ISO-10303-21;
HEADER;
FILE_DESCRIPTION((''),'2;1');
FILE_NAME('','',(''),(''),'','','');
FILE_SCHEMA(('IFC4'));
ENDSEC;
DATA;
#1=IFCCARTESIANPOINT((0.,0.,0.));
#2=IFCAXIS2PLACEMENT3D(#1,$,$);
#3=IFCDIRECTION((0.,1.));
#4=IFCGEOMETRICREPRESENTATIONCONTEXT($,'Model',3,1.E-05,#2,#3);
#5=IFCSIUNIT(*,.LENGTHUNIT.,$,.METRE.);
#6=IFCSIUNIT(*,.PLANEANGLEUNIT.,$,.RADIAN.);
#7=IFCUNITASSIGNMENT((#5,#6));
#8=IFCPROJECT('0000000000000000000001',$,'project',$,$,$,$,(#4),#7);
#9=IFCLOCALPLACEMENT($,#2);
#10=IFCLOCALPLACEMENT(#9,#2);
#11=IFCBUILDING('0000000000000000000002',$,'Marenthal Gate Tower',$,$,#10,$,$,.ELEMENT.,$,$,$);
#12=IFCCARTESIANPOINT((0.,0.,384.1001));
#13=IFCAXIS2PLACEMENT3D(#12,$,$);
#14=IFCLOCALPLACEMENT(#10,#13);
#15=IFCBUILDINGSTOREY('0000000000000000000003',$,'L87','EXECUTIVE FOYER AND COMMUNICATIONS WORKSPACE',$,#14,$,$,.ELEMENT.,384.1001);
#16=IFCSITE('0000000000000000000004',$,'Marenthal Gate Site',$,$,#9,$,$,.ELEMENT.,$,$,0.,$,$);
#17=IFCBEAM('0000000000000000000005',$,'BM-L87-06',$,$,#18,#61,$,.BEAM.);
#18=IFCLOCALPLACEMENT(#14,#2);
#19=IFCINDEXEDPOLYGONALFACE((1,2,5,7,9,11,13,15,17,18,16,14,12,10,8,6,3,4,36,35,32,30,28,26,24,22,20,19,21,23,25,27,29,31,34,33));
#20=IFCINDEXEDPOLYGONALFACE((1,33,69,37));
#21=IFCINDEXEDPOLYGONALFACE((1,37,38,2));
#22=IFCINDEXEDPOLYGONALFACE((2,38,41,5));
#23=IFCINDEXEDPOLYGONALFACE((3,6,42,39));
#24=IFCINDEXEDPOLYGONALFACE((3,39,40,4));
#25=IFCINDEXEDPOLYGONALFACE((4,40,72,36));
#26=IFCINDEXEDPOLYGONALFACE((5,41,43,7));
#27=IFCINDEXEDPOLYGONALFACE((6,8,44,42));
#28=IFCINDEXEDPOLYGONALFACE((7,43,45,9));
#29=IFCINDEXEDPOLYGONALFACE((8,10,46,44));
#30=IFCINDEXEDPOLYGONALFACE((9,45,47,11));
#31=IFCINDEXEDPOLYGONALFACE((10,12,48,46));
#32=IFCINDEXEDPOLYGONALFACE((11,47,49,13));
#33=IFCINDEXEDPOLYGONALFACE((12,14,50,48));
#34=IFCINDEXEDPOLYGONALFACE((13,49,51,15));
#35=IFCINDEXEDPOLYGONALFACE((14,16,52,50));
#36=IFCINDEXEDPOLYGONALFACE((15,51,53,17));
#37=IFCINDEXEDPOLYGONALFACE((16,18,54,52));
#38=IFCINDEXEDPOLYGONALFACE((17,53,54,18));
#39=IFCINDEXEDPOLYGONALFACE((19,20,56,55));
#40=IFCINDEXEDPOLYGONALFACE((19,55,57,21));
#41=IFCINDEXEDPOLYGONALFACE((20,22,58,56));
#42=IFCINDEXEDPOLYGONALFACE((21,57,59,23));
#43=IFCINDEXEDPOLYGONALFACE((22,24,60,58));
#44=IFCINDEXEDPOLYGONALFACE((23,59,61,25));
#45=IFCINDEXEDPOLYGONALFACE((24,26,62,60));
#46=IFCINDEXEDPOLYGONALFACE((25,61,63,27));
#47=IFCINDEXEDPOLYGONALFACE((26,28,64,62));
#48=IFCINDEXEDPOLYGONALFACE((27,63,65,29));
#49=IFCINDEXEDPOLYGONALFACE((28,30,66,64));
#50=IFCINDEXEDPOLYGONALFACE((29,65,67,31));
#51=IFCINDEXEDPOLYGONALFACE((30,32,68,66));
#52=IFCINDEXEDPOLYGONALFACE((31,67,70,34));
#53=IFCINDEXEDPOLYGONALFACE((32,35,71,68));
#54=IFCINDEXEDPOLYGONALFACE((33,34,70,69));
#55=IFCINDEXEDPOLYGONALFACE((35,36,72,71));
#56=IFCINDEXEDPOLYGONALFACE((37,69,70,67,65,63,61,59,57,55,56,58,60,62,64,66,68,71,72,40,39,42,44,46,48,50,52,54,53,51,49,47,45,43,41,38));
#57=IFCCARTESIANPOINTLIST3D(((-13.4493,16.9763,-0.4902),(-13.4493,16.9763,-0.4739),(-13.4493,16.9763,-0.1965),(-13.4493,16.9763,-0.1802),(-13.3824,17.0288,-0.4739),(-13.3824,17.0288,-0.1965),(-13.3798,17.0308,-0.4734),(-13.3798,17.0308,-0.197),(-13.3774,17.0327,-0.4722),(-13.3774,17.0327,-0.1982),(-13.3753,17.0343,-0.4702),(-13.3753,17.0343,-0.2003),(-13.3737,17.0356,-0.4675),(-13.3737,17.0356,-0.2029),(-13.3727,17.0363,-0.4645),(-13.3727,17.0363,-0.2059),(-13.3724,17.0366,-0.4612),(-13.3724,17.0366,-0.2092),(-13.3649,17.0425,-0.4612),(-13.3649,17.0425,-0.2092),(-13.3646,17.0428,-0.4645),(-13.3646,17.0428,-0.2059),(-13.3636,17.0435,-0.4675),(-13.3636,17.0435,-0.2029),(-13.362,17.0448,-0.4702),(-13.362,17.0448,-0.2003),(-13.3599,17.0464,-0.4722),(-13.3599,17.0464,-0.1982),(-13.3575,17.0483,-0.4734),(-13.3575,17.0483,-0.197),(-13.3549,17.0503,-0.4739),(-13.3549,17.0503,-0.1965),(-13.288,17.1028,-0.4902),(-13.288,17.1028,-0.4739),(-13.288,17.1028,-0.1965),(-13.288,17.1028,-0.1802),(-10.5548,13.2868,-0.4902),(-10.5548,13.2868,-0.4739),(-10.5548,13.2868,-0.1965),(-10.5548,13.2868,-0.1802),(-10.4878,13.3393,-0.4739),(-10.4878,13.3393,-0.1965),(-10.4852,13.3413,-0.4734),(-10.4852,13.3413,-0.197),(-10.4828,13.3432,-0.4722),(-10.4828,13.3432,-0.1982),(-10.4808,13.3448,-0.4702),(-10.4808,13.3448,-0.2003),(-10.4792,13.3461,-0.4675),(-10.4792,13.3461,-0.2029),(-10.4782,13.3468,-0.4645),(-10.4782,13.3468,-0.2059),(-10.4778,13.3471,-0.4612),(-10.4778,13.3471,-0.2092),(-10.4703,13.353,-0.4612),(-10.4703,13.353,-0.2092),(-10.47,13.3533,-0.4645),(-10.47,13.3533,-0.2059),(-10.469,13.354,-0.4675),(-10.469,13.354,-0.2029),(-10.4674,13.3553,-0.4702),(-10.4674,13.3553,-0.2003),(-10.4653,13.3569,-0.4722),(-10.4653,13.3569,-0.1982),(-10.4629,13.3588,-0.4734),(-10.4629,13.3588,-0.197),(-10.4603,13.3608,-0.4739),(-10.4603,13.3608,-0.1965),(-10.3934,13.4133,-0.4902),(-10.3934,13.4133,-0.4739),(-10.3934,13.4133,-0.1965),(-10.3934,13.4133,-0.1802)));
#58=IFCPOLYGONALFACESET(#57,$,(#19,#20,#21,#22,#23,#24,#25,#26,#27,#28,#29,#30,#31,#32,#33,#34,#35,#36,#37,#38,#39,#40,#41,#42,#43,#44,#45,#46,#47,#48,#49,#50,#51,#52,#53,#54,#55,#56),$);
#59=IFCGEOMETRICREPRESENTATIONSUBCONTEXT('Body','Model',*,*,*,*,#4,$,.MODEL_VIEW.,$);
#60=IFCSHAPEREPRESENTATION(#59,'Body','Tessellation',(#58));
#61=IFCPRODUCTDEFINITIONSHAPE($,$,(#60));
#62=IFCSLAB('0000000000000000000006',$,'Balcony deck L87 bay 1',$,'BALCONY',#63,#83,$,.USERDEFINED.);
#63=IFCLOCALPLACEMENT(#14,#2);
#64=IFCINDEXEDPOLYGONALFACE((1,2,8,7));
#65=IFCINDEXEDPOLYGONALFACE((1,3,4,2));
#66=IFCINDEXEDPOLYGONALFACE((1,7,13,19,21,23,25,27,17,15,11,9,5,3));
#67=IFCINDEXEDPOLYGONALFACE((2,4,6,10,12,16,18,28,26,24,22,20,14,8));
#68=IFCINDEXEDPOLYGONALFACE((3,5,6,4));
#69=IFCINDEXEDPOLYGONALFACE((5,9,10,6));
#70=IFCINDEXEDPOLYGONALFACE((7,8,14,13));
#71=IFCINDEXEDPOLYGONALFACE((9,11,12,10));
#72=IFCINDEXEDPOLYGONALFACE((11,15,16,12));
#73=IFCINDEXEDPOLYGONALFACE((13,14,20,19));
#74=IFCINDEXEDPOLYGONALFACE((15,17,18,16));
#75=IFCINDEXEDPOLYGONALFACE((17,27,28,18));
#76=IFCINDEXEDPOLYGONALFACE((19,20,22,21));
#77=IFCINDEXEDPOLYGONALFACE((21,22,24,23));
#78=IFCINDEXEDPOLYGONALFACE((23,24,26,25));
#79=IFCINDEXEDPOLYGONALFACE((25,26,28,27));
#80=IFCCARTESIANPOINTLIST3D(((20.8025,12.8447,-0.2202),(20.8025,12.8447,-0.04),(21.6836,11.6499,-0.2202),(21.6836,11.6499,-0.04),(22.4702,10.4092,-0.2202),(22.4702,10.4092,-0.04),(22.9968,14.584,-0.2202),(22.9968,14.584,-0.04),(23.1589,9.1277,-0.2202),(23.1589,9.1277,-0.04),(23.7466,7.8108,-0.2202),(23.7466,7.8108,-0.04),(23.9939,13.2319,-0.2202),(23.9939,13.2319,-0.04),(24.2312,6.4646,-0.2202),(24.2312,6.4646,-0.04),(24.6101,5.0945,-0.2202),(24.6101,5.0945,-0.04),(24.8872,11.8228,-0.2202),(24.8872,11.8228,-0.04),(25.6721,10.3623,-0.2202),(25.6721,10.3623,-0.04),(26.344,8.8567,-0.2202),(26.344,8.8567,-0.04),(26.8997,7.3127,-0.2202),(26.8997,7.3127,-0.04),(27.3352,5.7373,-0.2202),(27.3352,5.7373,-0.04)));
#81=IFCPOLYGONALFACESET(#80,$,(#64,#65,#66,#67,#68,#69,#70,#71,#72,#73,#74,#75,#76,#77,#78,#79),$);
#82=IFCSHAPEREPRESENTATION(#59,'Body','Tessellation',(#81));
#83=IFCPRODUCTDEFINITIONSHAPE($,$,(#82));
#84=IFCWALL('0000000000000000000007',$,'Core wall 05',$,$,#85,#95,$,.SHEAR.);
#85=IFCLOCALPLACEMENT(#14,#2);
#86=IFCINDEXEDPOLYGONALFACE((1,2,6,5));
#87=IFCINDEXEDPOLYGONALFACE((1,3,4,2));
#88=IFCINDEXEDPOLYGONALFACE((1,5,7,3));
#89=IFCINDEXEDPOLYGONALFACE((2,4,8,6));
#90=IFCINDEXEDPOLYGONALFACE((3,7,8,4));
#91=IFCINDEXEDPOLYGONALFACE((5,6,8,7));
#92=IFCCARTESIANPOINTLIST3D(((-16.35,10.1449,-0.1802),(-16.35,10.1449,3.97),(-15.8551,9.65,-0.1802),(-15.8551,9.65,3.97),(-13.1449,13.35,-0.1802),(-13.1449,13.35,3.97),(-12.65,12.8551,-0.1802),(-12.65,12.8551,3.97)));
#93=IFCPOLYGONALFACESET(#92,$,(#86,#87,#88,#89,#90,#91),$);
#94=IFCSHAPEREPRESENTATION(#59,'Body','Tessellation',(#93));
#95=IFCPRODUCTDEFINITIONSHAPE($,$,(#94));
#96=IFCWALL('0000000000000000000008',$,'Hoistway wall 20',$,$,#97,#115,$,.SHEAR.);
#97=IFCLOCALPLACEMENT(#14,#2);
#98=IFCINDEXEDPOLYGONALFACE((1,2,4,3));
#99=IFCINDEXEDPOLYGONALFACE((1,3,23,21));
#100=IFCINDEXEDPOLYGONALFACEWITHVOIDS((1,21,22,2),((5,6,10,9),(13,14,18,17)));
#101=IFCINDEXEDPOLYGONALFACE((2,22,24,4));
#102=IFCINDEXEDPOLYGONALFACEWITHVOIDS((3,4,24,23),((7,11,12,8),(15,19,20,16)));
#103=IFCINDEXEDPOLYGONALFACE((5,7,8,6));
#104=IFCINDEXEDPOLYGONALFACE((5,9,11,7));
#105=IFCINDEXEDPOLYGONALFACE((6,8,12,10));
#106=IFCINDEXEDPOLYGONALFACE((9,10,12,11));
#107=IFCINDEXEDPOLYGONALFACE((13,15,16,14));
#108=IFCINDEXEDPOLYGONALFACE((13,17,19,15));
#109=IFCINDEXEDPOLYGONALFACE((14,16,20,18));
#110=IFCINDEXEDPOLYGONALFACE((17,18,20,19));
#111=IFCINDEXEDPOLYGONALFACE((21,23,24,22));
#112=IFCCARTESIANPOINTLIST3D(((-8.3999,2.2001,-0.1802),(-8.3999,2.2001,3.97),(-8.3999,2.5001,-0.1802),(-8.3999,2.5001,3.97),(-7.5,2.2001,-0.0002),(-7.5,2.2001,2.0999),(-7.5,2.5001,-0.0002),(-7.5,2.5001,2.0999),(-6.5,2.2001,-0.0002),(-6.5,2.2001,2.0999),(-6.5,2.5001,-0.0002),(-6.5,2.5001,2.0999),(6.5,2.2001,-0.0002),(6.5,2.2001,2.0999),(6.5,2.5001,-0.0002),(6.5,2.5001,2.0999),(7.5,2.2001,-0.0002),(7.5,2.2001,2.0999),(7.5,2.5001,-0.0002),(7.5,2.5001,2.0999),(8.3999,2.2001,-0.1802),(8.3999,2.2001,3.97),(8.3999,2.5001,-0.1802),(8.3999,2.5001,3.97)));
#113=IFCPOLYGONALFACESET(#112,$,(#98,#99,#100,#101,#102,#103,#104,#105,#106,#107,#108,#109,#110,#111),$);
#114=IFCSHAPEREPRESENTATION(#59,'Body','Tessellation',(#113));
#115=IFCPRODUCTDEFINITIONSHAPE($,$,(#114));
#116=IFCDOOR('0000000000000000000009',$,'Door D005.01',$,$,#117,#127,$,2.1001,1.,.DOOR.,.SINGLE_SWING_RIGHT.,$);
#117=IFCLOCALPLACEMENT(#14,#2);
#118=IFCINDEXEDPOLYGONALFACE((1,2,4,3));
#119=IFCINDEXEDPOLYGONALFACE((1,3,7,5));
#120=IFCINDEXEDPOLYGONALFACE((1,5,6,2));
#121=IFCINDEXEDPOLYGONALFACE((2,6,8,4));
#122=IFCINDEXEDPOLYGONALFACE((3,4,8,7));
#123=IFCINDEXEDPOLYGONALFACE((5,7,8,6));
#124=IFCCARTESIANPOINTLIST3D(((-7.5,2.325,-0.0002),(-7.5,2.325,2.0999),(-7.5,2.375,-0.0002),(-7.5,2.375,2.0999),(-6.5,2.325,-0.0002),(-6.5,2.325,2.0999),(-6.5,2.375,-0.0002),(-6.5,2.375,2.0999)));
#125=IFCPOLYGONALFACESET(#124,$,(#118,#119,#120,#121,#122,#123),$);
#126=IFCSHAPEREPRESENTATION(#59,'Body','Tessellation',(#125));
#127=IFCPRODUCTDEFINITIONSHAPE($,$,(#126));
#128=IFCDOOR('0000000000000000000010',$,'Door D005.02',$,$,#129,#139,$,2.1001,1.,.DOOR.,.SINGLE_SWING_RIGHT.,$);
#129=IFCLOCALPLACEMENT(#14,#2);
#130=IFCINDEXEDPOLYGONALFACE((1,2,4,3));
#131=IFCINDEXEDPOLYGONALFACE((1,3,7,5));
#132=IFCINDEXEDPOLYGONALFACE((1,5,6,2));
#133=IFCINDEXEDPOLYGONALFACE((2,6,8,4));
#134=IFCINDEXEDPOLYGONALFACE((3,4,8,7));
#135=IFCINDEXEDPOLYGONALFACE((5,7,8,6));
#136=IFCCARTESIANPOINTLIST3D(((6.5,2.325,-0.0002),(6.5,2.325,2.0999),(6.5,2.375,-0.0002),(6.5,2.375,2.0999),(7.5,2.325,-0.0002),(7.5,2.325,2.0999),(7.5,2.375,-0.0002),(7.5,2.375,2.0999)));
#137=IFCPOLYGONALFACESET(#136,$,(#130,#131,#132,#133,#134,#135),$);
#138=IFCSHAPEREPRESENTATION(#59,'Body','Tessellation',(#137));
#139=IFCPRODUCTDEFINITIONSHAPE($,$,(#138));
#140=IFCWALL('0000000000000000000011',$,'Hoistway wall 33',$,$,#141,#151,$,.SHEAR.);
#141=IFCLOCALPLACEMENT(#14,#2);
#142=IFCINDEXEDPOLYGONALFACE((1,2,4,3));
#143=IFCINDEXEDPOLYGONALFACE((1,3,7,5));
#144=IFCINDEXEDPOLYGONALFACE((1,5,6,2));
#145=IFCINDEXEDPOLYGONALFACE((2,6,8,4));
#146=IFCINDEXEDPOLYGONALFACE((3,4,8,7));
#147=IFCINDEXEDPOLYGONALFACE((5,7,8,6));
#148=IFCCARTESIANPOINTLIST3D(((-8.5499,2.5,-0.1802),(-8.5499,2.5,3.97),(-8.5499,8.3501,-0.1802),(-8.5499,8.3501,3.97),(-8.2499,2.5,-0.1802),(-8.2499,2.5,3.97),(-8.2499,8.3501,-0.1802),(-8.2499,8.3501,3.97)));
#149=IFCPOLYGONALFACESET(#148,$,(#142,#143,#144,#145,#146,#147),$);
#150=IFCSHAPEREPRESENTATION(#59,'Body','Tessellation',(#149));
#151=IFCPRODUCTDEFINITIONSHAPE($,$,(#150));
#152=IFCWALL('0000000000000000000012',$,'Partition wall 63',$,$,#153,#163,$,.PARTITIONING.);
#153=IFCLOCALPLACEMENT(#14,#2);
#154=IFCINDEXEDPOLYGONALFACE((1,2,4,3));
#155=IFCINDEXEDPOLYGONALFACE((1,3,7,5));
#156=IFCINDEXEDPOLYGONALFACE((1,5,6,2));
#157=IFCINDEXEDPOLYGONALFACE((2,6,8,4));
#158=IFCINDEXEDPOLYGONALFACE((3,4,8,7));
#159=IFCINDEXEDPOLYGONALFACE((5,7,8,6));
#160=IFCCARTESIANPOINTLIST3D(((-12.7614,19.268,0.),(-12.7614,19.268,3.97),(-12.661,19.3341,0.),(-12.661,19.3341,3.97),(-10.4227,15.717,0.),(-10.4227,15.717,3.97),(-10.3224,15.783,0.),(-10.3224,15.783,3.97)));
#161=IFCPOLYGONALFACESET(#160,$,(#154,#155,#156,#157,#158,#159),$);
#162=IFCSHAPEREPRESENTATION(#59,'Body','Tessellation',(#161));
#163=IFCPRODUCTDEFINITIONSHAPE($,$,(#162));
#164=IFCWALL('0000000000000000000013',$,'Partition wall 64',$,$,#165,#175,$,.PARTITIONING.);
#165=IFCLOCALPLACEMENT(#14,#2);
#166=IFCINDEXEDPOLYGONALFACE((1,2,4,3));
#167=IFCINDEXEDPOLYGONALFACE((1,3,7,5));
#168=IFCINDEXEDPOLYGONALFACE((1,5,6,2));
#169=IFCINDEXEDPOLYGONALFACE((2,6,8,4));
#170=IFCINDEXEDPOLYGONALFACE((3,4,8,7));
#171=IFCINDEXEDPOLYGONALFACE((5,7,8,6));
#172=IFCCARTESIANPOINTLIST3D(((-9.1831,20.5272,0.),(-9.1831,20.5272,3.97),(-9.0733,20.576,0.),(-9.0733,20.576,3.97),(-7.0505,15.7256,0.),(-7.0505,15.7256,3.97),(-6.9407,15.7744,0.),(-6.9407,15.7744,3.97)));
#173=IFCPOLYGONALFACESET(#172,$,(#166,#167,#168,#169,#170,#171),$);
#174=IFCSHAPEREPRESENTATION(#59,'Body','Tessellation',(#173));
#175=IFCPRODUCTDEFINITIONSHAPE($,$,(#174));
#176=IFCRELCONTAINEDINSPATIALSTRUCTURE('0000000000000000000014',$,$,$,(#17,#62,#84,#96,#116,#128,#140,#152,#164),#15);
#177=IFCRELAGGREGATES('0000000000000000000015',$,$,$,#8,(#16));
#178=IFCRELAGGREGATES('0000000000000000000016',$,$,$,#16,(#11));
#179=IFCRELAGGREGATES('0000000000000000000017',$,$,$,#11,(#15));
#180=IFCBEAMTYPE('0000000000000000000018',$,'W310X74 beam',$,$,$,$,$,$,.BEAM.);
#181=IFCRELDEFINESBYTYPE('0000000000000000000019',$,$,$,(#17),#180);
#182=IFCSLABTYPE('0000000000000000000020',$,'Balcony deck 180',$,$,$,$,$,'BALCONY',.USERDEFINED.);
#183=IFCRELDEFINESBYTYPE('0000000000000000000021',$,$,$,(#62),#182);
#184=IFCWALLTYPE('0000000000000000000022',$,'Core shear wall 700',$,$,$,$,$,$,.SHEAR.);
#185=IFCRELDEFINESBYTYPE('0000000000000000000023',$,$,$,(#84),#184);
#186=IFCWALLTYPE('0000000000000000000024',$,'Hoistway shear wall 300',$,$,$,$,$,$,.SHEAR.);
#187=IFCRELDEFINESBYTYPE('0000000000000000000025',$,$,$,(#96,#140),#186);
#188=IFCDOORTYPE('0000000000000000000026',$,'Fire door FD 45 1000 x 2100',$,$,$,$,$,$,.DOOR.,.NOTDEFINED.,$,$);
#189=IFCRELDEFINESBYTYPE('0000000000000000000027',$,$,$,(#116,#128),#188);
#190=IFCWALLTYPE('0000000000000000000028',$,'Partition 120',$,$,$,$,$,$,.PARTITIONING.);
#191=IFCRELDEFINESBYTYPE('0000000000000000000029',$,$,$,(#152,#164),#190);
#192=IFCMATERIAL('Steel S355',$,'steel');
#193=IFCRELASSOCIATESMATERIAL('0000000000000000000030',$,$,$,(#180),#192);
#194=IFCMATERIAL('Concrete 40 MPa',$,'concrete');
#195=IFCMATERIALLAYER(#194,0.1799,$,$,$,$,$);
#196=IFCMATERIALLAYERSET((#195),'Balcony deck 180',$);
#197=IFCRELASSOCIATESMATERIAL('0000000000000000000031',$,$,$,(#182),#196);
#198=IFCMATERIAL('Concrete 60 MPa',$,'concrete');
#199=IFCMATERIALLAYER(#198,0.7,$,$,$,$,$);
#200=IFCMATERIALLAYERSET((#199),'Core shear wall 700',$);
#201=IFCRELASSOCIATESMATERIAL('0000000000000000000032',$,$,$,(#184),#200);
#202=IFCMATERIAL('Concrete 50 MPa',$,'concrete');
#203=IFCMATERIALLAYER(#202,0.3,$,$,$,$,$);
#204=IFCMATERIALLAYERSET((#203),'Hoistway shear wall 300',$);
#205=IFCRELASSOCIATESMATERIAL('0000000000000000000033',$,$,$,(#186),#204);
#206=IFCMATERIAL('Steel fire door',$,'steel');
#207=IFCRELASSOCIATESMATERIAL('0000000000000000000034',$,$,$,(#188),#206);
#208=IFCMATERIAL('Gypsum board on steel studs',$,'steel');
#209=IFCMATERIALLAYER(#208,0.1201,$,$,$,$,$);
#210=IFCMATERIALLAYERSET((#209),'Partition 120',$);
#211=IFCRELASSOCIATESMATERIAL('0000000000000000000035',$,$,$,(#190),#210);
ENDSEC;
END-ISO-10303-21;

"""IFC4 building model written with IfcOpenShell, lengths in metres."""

from ifc_helpers import new_model, si_unit, direction, frame, frame_2d, origin, origin_2d, place, context, subcontext, project, spatial, polyline, rectangle, i_section, outline, extrude, material, layer, layer_set, material_profile, profile_set, type_object, element, fill, save


model = new_model("IFC4")

# Units and contexts
model_context = context("Model", 3, precision=1e-05, world=origin(), true_north=direction((0.0, 1.0)))
body_context = subcontext(model_context, "Body", "Model", "MODEL_VIEW")
ifc_project = project(units=[si_unit("LENGTHUNIT", "METRE"), si_unit("PLANEANGLEUNIT", "RADIAN")], contexts=[model_context])

# Site, building, storey
site_placement = place(None, origin())
site = spatial("IfcSite", under=ifc_project, at=site_placement, Name="Marenthal Gate Site", CompositionType="ELEMENT", RefElevation=0.0)
building_placement = place(site_placement, origin())
building = spatial("IfcBuilding", under=site, at=building_placement, Name="Marenthal Gate Tower", CompositionType="ELEMENT")
storey_placement = place(building_placement, frame((0.0, 0.0, 384.1001)))
storey = spatial("IfcBuildingStorey", under=building, at=storey_placement, Name="L87", Description="EXECUTIVE FOYER AND COMMUNICATIONS WORKSPACE", CompositionType="ELEMENT", Elevation=384.1001)

# Beam
ifc_material_1 = material(Name="Steel S355", Category="steel")
ifc_material_profile = material_profile(ifc_material_1, i_section(OverallWidth=0.2051, OverallDepth=0.3101, WebThickness=0.0095, FlangeThickness=0.0164, FilletRadius=0.0127, at=origin_2d()), Name="W310X74")
ifc_profile_set = profile_set([ifc_material_profile], Name="Steel S355")
beam_type = type_object("IfcBeamType", Name="W310X74 beam", PredefinedType="BEAM", material=ifc_profile_set)
beam_placement = place(storey_placement, frame((-13.3687, 17.0396, -0.3352), z_axis=(0.617251, -0.786766, 0.0), x_axis=(0.786766, 0.617251, 0.0)))
element("IfcBeam", 1, at=beam_placement, inside=storey, type_object=beam_type, Name="BM-L87-06", PredefinedType="BEAM", context=body_context, shape_type="SweptSolid", body=[
    extrude(i_section(OverallWidth=0.2051, OverallDepth=0.3101, WebThickness=0.0095, FlangeThickness=0.0164, FilletRadius=0.0127, at=origin_2d()), origin(), (0.0, 0.0, 1.0), 4.6895),
])

# Slab
ifc_material_2 = material(Name="Concrete 40 MPa", Category="concrete")
ifc_layer_1 = layer(ifc_material_2, 0.1799)
ifc_layer_set_1 = layer_set([ifc_layer_1], Name="Balcony deck 180")
slab_type = type_object("IfcSlabType", Name="Balcony deck 180", ElementType="BALCONY", PredefinedType="USERDEFINED", material=ifc_layer_set_1)
slab_placement = place(storey_placement, frame((0.0, 0.0, -0.2202)))
element("IfcSlab", 2, at=slab_placement, inside=storey, type_object=slab_type, Name="Balcony deck L87 bay 1", ObjectType="BALCONY", PredefinedType="USERDEFINED", context=body_context, shape_type="SweptSolid", body=[
    extrude(outline(polyline([(24.6101, 5.0945), (24.2312, 6.4646), (23.7466, 7.8108), (23.1589, 9.1277), (22.4702, 10.4092), (21.6836, 11.6499), (20.8025, 12.8447), (22.9968, 14.584), (23.9939, 13.2319), (24.8872, 11.8228), (25.6721, 10.3623), (26.344, 8.8567), (26.8997, 7.3127), (27.3352, 5.7373), (24.6101, 5.0945)])), origin(), (0.0, 0.0, 1.0), 0.1802),
])

# Wall
ifc_material_3 = material(Name="Concrete 60 MPa", Category="concrete")
ifc_layer_2 = layer(ifc_material_3, 0.7)
ifc_layer_set_2 = layer_set([ifc_layer_2], Name="Core shear wall 700")
wall_type_1 = type_object("IfcWallType", Name="Core shear wall 700", PredefinedType="SHEAR", material=ifc_layer_set_2)
wall_1_placement = place(storey_placement, frame((-12.8975, 13.1025, -0.1802), z_axis=(0.0, 0.0, 1.0), x_axis=(-0.707107, -0.707107, 0.0)))
element("IfcWall", 3, at=wall_1_placement, inside=storey, type_object=wall_type_1, Name="Core wall 05", PredefinedType="SHEAR", context=body_context, shape_type="SweptSolid", body=[
    extrude(rectangle(XDim=4.5327, YDim=0.7, at=frame_2d((2.2664, 0.0))), origin(), (0.0, 0.0, 1.0), 4.1501),
])

# Wall, openings, doors
ifc_material_4 = material(Name="Concrete 50 MPa", Category="concrete")
ifc_layer_3 = layer(ifc_material_4, 0.3)
ifc_layer_set_3 = layer_set([ifc_layer_3], Name="Hoistway shear wall 300")
wall_type_2 = type_object("IfcWallType", Name="Hoistway shear wall 300", PredefinedType="SHEAR", material=ifc_layer_set_3)
wall_2_placement = place(storey_placement, frame((-8.3999, 2.3501, -0.1802), z_axis=(0.0, 0.0, 1.0), x_axis=(1.0, 0.0, 0.0)))
wall_2 = element("IfcWall", 4, at=wall_2_placement, inside=storey, type_object=wall_type_2, Name="Hoistway wall 20", PredefinedType="SHEAR", context=body_context, shape_type="SweptSolid", body=[
    extrude(rectangle(XDim=16.7998, YDim=0.3, at=frame_2d((8.3999, 0.0))), origin(), (0.0, 0.0, 1.0), 4.1501),
])
opening_1_placement = place(wall_2_placement, frame((0.8999, 0.0, 0.1799)))
opening_1 = element("IfcOpeningElement", 5, at=opening_1_placement, cuts=wall_2, PredefinedType="OPENING", context=body_context, shape_type="SweptSolid", body=[
    extrude(rectangle(XDim=1.0, YDim=2.1001, at=frame_2d((0.5, 1.05))), frame((0.0, 0.1602, 0.0), z_axis=(0.0, -1.0, 0.0), x_axis=(1.0, 0.0, 0.0)), (0.0, 0.0, 1.0), 0.3201),
])
opening_2_placement = place(wall_2_placement, frame((14.8999, 0.0, 0.1799)))
opening_2 = element("IfcOpeningElement", 6, at=opening_2_placement, cuts=wall_2, PredefinedType="OPENING", context=body_context, shape_type="SweptSolid", body=[
    extrude(rectangle(XDim=1.0, YDim=2.1001, at=frame_2d((0.5, 1.05))), frame((0.0, 0.1602, 0.0), z_axis=(0.0, -1.0, 0.0), x_axis=(1.0, 0.0, 0.0)), (0.0, 0.0, 1.0), 0.3201),
])
ifc_material_5 = material(Name="Steel fire door", Category="steel")
door_type_1 = type_object("IfcDoorType", Name="Fire door FD 45 1000 x 2100", OperationType="NOTDEFINED", PredefinedType="DOOR", material=ifc_material_5)
door_1_placement = place(opening_1_placement, origin())
door_1 = element("IfcDoor", 7, at=door_1_placement, inside=storey, type_object=door_type_1, Name="Door D005.01", OperationType="SINGLE_SWING_RIGHT", OverallHeight=2.1001, OverallWidth=1.0, PredefinedType="DOOR", context=body_context, shape_type="SweptSolid", body=[
    extrude(rectangle(XDim=1.0, YDim=2.1001, at=frame_2d((0.5, 1.05))), frame((0.0, 0.0249, 0.0), z_axis=(0.0, -1.0, 0.0), x_axis=(1.0, 0.0, 0.0)), (0.0, 0.0, 1.0), 0.05),
])
fill(opening_1, door_1)
door_2_placement = place(opening_2_placement, origin())
door_2 = element("IfcDoor", 8, at=door_2_placement, inside=storey, type_object=door_type_1, Name="Door D005.02", OperationType="SINGLE_SWING_RIGHT", OverallHeight=2.1001, OverallWidth=1.0, PredefinedType="DOOR", context=body_context, shape_type="SweptSolid", body=[
    extrude(rectangle(XDim=1.0, YDim=2.1001, at=frame_2d((0.5, 1.05))), frame((0.0, 0.0249, 0.0), z_axis=(0.0, -1.0, 0.0), x_axis=(1.0, 0.0, 0.0)), (0.0, 0.0, 1.0), 0.05),
])
fill(opening_2, door_2)

# Walls
wall_3_placement = place(storey_placement, frame((-8.3999, 2.5, -0.1802), z_axis=(0.0, 0.0, 1.0), x_axis=(0.0, 1.0, 0.0)))
element("IfcWall", 9, at=wall_3_placement, inside=storey, type_object=wall_type_2, Name="Hoistway wall 33", PredefinedType="SHEAR", context=body_context, shape_type="SweptSolid", body=[
    extrude(rectangle(XDim=5.8501, YDim=0.3, at=frame_2d((2.925, 0.0))), origin(), (0.0, 0.0, 1.0), 4.1501),
])
ifc_material_6 = material(Name="Gypsum board on steel studs", Category="steel")
ifc_layer_4 = layer(ifc_material_6, 0.1201)
ifc_layer_set_4 = layer_set([ifc_layer_4], Name="Partition 120")
wall_type_3 = type_object("IfcWallType", Name="Partition 120", PredefinedType="PARTITIONING", material=ifc_layer_set_4)
wall_4_placement = place(storey_placement, frame((-10.3726, 15.75, 0.0), z_axis=(0.0, 0.0, 1.0), x_axis=(-0.550014, 0.835155, 0.0)))
element("IfcWall", 10, at=wall_4_placement, inside=storey, type_object=wall_type_3, Name="Partition wall 63", PredefinedType="PARTITIONING", context=body_context, shape_type="SweptSolid", body=[
    extrude(rectangle(XDim=4.252, YDim=0.1201, at=frame_2d((2.126, 0.0))), origin(), (0.0, 0.0, 1.0), 3.97),
])
wall_5_placement = place(storey_placement, frame((-6.9956, 15.75, 0.0), z_axis=(0.0, 0.0, 1.0), x_axis=(-0.40591, 0.913913, 0.0)))
element("IfcWall", 11, at=wall_5_placement, inside=storey, type_object=wall_type_3, Name="Partition wall 64", PredefinedType="PARTITIONING", context=body_context, shape_type="SweptSolid", body=[
    extrude(rectangle(XDim=5.2539, YDim=0.1201, at=frame_2d((2.627, 0.0))), origin(), (0.0, 0.0, 1.0), 3.97),
])

save(model, "model.ifc")
